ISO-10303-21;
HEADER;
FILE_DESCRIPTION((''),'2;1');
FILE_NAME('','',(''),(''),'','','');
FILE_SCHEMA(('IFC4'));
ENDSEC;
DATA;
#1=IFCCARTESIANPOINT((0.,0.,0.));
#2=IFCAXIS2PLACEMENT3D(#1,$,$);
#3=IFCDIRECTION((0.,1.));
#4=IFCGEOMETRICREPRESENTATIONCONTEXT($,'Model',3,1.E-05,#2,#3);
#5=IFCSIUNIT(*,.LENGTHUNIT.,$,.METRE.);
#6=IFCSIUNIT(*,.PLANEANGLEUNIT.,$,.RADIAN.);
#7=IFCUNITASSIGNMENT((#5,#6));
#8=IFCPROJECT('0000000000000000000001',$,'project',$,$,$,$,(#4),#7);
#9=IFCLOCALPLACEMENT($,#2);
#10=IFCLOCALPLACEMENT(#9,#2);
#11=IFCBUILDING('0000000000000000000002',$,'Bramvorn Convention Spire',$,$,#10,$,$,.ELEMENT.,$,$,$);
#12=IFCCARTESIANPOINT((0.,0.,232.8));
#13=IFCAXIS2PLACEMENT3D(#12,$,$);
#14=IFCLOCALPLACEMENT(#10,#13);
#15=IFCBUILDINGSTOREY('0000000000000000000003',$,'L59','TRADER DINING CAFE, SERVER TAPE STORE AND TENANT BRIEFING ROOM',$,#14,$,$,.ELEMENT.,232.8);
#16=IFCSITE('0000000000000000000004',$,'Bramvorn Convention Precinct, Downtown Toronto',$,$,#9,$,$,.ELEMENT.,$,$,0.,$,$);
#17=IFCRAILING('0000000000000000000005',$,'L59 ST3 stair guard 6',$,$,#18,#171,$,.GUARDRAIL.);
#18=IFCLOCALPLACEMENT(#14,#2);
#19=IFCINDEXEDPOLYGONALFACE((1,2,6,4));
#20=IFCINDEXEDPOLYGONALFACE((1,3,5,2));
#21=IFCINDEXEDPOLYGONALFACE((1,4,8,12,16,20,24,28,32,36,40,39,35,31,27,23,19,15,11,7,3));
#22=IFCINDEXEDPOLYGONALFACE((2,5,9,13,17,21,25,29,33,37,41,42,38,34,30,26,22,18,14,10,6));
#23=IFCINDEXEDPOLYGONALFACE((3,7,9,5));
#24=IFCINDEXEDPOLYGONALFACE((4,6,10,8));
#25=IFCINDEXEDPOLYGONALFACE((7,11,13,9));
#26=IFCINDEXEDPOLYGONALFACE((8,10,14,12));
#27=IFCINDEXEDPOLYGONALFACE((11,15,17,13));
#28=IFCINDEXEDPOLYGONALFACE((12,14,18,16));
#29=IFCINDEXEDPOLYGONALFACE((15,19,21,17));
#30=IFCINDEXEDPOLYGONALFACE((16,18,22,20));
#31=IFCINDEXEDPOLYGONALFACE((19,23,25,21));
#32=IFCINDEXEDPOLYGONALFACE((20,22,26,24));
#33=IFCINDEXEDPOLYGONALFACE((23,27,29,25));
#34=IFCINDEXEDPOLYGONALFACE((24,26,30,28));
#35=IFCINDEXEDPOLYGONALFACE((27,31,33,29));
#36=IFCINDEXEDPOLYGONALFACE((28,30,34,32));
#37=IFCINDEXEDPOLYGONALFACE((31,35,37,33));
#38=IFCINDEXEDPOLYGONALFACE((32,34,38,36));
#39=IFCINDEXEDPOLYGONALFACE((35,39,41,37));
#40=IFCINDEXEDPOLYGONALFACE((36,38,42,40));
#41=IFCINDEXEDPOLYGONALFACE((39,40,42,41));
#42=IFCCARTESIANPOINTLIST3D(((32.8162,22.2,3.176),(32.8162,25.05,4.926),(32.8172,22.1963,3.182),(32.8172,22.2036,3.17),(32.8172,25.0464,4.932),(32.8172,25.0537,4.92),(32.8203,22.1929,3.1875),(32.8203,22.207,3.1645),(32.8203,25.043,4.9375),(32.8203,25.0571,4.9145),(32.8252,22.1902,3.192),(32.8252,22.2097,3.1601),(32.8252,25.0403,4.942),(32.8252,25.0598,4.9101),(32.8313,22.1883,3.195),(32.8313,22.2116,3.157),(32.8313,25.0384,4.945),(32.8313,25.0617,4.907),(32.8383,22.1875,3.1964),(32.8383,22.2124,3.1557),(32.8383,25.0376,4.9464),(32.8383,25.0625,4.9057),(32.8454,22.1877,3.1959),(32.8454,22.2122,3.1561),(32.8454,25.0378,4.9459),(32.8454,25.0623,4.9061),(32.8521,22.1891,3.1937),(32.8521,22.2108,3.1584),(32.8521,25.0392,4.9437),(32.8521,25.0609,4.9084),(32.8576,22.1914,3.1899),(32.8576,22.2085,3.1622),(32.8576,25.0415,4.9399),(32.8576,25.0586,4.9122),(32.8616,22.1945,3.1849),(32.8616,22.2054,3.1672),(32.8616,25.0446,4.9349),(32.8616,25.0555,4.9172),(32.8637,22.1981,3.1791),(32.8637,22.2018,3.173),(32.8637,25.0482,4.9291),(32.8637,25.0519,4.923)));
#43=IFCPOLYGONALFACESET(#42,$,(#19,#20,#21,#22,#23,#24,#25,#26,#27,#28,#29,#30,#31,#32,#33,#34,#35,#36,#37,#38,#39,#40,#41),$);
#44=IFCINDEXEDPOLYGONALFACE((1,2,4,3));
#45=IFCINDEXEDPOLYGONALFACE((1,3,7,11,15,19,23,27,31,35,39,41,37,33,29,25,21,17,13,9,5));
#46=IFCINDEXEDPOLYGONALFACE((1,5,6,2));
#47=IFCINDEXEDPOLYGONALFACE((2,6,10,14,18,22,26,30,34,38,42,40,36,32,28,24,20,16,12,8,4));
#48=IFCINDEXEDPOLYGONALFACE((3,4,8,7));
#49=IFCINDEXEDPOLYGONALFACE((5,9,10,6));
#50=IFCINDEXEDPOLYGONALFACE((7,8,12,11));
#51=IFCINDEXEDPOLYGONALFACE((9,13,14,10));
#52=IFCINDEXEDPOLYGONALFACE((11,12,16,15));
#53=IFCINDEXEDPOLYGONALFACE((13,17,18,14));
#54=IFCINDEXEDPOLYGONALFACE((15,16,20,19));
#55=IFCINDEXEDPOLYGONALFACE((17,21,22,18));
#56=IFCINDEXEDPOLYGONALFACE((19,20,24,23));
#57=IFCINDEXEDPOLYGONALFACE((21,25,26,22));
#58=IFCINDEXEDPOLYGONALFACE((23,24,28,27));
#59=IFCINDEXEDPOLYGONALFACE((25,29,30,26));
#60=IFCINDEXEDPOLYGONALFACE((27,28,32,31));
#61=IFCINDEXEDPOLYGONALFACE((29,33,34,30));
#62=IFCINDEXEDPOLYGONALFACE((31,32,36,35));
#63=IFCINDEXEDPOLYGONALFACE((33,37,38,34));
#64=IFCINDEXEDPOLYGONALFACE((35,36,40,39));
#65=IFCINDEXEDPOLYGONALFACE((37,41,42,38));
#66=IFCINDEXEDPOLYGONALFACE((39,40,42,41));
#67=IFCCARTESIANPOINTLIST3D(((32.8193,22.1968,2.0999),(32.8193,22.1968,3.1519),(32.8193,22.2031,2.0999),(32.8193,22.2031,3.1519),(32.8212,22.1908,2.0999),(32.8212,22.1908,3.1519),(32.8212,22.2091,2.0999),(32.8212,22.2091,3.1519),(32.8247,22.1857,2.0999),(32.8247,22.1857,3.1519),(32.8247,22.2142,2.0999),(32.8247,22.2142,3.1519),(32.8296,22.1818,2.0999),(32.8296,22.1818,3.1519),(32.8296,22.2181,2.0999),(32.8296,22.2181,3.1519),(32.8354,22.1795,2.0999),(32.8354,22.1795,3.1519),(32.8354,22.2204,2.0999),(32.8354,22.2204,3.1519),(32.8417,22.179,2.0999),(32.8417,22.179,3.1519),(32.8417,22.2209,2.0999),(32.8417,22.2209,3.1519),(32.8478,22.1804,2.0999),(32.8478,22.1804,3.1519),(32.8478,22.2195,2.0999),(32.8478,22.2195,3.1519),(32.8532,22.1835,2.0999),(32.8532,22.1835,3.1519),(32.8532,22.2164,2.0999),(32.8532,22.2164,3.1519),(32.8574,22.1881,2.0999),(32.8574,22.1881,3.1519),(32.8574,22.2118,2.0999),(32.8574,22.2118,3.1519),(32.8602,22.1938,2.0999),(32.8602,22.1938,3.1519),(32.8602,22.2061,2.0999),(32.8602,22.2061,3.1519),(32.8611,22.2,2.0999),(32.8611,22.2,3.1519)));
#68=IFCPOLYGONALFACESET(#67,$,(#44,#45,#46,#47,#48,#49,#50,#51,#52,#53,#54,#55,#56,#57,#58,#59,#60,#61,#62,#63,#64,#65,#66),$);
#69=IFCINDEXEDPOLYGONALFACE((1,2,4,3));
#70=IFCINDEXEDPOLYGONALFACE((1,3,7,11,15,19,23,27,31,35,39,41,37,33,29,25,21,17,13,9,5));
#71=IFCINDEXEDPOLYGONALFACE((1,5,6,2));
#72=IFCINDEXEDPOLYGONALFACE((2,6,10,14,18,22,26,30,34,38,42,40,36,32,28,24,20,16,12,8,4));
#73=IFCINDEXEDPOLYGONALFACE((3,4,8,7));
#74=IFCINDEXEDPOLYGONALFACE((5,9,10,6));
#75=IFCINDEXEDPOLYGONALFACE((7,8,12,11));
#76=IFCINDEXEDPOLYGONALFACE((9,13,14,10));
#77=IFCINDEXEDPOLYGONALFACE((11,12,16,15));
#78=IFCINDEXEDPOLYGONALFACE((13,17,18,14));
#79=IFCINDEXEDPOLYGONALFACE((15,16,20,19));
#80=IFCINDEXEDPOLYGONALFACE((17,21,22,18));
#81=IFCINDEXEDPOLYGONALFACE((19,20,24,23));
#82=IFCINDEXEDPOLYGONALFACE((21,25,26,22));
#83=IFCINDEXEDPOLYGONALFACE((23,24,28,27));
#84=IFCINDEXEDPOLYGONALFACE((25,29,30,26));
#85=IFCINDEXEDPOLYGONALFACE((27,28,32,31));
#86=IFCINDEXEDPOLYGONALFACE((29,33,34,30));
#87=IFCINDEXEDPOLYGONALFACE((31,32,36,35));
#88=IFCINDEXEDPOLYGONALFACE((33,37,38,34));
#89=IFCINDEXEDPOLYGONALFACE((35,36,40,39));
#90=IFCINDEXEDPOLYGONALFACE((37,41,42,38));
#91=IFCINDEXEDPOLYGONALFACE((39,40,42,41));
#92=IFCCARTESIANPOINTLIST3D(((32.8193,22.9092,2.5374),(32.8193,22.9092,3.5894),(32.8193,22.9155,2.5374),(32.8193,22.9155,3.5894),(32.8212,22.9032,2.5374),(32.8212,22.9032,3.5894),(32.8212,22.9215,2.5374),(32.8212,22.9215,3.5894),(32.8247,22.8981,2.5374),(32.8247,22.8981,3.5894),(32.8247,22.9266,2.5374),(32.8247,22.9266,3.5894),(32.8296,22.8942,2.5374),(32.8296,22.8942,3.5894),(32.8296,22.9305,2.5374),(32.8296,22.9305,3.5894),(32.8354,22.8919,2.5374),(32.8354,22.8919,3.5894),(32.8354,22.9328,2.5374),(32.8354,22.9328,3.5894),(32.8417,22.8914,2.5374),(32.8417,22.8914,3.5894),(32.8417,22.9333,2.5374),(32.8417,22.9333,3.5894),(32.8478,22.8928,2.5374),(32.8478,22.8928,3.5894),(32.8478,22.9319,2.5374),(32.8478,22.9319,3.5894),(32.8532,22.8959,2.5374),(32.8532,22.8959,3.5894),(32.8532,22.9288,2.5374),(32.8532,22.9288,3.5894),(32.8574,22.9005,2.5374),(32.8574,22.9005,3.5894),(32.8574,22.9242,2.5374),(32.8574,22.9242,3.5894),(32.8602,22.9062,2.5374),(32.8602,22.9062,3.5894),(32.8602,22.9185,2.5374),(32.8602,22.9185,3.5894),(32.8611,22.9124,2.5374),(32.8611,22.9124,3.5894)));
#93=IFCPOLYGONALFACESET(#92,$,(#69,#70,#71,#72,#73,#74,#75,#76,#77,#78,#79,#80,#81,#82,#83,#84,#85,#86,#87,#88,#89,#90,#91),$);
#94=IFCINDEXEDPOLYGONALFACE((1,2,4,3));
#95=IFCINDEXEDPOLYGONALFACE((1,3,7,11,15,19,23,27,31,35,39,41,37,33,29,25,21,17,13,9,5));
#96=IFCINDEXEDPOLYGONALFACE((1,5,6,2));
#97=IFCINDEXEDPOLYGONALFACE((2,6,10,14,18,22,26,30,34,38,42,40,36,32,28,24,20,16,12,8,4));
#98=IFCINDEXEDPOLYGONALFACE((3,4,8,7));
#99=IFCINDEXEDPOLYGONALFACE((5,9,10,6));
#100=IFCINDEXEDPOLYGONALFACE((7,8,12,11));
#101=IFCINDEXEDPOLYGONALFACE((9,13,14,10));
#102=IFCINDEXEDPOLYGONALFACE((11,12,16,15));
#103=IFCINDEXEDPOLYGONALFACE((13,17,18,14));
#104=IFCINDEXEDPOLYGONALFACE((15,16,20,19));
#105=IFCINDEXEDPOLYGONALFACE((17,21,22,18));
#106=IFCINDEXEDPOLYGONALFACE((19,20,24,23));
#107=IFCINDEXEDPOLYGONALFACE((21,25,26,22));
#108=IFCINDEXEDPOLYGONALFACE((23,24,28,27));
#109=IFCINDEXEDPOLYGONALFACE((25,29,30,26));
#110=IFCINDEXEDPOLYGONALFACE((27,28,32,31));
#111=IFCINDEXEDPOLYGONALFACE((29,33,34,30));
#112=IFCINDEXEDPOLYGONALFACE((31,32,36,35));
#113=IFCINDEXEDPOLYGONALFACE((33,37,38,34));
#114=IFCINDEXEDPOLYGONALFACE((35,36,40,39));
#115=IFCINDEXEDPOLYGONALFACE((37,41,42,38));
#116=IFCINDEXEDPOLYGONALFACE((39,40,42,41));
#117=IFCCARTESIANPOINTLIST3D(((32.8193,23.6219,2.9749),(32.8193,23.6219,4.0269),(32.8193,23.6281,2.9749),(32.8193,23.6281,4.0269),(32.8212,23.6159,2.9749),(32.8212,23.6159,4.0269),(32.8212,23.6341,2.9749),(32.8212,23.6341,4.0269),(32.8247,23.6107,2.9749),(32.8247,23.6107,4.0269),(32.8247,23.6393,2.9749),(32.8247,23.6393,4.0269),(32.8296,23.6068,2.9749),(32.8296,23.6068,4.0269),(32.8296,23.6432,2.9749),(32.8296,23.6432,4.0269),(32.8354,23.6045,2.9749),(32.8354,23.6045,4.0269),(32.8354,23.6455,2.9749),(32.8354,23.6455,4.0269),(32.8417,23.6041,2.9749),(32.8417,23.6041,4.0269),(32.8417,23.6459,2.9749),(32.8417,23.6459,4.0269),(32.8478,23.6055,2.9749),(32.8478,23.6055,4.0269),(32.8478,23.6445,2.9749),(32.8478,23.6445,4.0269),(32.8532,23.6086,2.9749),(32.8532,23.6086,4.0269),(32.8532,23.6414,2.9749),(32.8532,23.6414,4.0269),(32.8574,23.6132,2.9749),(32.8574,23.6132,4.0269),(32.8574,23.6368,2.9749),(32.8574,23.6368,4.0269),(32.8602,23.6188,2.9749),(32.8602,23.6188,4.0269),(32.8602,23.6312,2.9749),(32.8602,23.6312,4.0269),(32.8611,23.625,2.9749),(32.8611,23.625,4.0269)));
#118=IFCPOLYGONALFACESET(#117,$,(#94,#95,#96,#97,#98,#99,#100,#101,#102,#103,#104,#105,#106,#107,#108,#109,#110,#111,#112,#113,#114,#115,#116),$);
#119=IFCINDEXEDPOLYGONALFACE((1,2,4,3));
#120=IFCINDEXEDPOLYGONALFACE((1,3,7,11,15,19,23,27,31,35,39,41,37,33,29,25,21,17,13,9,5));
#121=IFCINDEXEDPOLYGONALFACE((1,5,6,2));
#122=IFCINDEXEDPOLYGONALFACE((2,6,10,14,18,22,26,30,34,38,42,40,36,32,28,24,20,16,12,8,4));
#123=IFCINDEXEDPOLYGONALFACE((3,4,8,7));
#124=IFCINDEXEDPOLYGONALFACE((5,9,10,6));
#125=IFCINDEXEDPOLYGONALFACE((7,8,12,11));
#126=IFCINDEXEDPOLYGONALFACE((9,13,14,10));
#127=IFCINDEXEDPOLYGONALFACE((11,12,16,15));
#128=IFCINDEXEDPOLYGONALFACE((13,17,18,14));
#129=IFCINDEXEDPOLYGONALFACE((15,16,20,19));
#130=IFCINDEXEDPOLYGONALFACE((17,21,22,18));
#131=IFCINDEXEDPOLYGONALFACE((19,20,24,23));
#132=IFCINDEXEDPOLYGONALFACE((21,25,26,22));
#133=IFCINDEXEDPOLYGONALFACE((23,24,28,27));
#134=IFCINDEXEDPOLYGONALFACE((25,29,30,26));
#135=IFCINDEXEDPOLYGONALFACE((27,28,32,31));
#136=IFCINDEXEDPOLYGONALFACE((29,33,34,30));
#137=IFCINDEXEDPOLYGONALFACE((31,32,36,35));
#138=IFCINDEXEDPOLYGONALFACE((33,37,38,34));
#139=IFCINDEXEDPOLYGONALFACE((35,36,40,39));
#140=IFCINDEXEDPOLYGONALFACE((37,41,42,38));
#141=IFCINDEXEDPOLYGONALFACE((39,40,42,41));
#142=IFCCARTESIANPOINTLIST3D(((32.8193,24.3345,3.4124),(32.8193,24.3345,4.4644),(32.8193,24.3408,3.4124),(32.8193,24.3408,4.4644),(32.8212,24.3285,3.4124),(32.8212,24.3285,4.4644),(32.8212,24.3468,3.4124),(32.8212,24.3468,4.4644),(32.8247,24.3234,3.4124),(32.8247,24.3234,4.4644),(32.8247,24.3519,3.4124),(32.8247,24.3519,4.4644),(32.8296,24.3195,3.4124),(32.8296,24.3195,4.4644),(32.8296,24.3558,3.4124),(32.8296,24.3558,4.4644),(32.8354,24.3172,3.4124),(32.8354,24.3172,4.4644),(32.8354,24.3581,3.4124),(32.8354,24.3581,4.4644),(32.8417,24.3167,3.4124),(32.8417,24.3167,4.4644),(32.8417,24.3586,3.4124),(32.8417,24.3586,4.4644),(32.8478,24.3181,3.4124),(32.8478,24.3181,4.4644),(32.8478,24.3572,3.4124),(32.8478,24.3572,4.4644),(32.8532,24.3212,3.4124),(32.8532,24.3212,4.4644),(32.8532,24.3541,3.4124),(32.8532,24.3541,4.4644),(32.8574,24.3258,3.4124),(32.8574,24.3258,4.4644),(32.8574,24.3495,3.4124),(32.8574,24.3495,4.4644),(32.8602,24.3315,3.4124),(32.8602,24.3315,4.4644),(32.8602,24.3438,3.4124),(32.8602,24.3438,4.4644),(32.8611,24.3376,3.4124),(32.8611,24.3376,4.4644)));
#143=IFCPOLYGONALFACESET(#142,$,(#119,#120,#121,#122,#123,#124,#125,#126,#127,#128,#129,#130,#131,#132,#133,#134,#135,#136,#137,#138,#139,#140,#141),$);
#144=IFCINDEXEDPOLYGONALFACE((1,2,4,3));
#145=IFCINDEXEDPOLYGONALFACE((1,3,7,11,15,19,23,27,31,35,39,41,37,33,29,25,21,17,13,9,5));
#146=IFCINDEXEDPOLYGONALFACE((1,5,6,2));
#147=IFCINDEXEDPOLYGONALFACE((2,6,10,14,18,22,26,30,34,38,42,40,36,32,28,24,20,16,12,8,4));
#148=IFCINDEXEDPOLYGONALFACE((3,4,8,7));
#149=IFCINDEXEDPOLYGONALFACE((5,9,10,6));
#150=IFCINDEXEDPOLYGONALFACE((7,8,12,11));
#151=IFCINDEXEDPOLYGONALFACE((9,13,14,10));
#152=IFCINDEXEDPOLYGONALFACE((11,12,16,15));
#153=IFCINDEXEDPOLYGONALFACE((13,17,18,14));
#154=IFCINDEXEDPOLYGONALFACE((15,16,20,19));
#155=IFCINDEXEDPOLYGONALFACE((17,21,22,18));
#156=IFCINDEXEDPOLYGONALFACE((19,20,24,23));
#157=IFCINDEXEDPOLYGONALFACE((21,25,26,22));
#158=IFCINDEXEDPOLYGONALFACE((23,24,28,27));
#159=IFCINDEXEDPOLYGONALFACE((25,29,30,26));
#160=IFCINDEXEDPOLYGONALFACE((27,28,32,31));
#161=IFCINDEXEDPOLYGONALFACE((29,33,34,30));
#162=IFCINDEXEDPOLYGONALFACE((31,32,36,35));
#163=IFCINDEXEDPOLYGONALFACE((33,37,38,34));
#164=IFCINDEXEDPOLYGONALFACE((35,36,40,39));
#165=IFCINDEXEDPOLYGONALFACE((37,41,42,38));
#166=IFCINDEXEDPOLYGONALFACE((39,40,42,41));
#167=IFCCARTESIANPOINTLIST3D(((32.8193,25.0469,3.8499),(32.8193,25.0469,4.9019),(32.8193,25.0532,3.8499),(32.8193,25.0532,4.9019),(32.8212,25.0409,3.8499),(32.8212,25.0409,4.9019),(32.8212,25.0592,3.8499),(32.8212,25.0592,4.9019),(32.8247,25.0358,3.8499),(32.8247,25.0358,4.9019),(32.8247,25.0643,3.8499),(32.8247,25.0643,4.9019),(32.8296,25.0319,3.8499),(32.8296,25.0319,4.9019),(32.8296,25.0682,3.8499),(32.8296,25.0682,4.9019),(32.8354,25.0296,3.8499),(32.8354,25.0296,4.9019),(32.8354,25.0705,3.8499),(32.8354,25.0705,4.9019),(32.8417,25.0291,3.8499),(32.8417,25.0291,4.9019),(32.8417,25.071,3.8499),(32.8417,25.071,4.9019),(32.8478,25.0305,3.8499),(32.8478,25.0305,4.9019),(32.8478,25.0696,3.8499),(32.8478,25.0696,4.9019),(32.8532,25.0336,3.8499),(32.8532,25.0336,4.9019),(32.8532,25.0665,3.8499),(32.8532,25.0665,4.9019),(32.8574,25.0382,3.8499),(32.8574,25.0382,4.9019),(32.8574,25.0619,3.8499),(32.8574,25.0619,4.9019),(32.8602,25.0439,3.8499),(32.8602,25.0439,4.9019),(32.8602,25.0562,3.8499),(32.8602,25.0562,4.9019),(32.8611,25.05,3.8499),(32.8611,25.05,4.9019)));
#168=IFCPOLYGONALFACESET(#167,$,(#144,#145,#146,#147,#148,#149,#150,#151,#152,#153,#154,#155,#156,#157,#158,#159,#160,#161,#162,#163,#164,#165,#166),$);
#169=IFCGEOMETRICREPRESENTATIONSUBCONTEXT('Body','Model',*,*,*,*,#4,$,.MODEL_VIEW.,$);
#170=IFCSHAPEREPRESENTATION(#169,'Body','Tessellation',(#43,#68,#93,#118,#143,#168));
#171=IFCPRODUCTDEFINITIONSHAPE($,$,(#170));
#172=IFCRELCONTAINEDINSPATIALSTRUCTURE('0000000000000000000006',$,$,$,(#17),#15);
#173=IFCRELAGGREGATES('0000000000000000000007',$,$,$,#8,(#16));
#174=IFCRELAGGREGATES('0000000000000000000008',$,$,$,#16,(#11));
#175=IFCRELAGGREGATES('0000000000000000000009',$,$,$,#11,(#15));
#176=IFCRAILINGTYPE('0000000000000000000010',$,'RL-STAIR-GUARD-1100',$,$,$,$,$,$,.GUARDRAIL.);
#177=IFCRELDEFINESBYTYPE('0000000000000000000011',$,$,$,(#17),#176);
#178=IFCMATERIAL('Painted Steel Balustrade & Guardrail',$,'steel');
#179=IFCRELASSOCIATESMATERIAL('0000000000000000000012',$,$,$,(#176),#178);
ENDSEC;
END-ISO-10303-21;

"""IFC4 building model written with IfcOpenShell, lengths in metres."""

from ifc_helpers import new_model, si_unit, direction, frame, origin, origin_2d, place, context, subcontext, project, spatial, circle, extrude, material, type_object, element, save


model = new_model("IFC4")

# Units and contexts
model_context = context("Model", 3, precision=1e-05, world=origin(), true_north=direction((0.0, 1.0)))
body_context = subcontext(model_context, "Body", "Model", "MODEL_VIEW")
ifc_project = project(units=[si_unit("LENGTHUNIT", "METRE"), si_unit("PLANEANGLEUNIT", "RADIAN")], contexts=[model_context])

# Site, building, storey
site_placement = place(None, origin())
site = spatial("IfcSite", under=ifc_project, at=site_placement, Name="Bramvorn Convention Precinct, Downtown Toronto", CompositionType="ELEMENT", RefElevation=0.0)
building_placement = place(site_placement, origin())
building = spatial("IfcBuilding", under=site, at=building_placement, Name="Bramvorn Convention Spire", CompositionType="ELEMENT")
storey_placement = place(building_placement, frame((0.0, 0.0, 232.8)))
storey = spatial("IfcBuildingStorey", under=building, at=storey_placement, Name="L59", Description="TRADER DINING CAFE, SERVER TAPE STORE AND TENANT BRIEFING ROOM", CompositionType="ELEMENT", Elevation=232.8)

# Railing
ifc_material_1 = material(Name="Painted Steel Balustrade & Guardrail", Category="steel")
railing_type_1 = type_object("IfcRailingType", Name="RL-STAIR-GUARD-1100", PredefinedType="GUARDRAIL", material=ifc_material_1)
railing_1_placement = place(storey_placement, frame((32.8401, 22.2, 2.0999)))
element("IfcRailing", 1, at=railing_1_placement, inside=storey, type_object=railing_type_1, Name="L59 ST3 stair guard 6", PredefinedType="GUARDRAIL", context=body_context, shape_type="SweptSolid", body=[
    extrude(circle(Radius=0.0239, at=origin_2d()), frame((0.0, 0.0, 1.0762), z_axis=(0.0, 0.852179, 0.52325), x_axis=(-1.0, 0.0, 0.0)), (0.0, 0.0, 1.0), 3.3445),
    extrude(circle(Radius=0.021, at=origin_2d()), origin(), (0.0, 0.0, 1.0), 1.052),
    extrude(circle(Radius=0.021, at=origin_2d()), frame((0.0, 0.7124, 0.4375)), (0.0, 0.0, 1.0), 1.052),
    extrude(circle(Radius=0.021, at=origin_2d()), frame((0.0, 1.425, 0.875)), (0.0, 0.0, 1.0), 1.052),
    extrude(circle(Radius=0.021, at=origin_2d()), frame((0.0, 2.1377, 1.3125)), (0.0, 0.0, 1.0), 1.052),
    extrude(circle(Radius=0.021, at=origin_2d()), frame((0.0, 2.8501, 1.75)), (0.0, 0.0, 1.0), 1.052),
])

save(model, "model.ifc")
